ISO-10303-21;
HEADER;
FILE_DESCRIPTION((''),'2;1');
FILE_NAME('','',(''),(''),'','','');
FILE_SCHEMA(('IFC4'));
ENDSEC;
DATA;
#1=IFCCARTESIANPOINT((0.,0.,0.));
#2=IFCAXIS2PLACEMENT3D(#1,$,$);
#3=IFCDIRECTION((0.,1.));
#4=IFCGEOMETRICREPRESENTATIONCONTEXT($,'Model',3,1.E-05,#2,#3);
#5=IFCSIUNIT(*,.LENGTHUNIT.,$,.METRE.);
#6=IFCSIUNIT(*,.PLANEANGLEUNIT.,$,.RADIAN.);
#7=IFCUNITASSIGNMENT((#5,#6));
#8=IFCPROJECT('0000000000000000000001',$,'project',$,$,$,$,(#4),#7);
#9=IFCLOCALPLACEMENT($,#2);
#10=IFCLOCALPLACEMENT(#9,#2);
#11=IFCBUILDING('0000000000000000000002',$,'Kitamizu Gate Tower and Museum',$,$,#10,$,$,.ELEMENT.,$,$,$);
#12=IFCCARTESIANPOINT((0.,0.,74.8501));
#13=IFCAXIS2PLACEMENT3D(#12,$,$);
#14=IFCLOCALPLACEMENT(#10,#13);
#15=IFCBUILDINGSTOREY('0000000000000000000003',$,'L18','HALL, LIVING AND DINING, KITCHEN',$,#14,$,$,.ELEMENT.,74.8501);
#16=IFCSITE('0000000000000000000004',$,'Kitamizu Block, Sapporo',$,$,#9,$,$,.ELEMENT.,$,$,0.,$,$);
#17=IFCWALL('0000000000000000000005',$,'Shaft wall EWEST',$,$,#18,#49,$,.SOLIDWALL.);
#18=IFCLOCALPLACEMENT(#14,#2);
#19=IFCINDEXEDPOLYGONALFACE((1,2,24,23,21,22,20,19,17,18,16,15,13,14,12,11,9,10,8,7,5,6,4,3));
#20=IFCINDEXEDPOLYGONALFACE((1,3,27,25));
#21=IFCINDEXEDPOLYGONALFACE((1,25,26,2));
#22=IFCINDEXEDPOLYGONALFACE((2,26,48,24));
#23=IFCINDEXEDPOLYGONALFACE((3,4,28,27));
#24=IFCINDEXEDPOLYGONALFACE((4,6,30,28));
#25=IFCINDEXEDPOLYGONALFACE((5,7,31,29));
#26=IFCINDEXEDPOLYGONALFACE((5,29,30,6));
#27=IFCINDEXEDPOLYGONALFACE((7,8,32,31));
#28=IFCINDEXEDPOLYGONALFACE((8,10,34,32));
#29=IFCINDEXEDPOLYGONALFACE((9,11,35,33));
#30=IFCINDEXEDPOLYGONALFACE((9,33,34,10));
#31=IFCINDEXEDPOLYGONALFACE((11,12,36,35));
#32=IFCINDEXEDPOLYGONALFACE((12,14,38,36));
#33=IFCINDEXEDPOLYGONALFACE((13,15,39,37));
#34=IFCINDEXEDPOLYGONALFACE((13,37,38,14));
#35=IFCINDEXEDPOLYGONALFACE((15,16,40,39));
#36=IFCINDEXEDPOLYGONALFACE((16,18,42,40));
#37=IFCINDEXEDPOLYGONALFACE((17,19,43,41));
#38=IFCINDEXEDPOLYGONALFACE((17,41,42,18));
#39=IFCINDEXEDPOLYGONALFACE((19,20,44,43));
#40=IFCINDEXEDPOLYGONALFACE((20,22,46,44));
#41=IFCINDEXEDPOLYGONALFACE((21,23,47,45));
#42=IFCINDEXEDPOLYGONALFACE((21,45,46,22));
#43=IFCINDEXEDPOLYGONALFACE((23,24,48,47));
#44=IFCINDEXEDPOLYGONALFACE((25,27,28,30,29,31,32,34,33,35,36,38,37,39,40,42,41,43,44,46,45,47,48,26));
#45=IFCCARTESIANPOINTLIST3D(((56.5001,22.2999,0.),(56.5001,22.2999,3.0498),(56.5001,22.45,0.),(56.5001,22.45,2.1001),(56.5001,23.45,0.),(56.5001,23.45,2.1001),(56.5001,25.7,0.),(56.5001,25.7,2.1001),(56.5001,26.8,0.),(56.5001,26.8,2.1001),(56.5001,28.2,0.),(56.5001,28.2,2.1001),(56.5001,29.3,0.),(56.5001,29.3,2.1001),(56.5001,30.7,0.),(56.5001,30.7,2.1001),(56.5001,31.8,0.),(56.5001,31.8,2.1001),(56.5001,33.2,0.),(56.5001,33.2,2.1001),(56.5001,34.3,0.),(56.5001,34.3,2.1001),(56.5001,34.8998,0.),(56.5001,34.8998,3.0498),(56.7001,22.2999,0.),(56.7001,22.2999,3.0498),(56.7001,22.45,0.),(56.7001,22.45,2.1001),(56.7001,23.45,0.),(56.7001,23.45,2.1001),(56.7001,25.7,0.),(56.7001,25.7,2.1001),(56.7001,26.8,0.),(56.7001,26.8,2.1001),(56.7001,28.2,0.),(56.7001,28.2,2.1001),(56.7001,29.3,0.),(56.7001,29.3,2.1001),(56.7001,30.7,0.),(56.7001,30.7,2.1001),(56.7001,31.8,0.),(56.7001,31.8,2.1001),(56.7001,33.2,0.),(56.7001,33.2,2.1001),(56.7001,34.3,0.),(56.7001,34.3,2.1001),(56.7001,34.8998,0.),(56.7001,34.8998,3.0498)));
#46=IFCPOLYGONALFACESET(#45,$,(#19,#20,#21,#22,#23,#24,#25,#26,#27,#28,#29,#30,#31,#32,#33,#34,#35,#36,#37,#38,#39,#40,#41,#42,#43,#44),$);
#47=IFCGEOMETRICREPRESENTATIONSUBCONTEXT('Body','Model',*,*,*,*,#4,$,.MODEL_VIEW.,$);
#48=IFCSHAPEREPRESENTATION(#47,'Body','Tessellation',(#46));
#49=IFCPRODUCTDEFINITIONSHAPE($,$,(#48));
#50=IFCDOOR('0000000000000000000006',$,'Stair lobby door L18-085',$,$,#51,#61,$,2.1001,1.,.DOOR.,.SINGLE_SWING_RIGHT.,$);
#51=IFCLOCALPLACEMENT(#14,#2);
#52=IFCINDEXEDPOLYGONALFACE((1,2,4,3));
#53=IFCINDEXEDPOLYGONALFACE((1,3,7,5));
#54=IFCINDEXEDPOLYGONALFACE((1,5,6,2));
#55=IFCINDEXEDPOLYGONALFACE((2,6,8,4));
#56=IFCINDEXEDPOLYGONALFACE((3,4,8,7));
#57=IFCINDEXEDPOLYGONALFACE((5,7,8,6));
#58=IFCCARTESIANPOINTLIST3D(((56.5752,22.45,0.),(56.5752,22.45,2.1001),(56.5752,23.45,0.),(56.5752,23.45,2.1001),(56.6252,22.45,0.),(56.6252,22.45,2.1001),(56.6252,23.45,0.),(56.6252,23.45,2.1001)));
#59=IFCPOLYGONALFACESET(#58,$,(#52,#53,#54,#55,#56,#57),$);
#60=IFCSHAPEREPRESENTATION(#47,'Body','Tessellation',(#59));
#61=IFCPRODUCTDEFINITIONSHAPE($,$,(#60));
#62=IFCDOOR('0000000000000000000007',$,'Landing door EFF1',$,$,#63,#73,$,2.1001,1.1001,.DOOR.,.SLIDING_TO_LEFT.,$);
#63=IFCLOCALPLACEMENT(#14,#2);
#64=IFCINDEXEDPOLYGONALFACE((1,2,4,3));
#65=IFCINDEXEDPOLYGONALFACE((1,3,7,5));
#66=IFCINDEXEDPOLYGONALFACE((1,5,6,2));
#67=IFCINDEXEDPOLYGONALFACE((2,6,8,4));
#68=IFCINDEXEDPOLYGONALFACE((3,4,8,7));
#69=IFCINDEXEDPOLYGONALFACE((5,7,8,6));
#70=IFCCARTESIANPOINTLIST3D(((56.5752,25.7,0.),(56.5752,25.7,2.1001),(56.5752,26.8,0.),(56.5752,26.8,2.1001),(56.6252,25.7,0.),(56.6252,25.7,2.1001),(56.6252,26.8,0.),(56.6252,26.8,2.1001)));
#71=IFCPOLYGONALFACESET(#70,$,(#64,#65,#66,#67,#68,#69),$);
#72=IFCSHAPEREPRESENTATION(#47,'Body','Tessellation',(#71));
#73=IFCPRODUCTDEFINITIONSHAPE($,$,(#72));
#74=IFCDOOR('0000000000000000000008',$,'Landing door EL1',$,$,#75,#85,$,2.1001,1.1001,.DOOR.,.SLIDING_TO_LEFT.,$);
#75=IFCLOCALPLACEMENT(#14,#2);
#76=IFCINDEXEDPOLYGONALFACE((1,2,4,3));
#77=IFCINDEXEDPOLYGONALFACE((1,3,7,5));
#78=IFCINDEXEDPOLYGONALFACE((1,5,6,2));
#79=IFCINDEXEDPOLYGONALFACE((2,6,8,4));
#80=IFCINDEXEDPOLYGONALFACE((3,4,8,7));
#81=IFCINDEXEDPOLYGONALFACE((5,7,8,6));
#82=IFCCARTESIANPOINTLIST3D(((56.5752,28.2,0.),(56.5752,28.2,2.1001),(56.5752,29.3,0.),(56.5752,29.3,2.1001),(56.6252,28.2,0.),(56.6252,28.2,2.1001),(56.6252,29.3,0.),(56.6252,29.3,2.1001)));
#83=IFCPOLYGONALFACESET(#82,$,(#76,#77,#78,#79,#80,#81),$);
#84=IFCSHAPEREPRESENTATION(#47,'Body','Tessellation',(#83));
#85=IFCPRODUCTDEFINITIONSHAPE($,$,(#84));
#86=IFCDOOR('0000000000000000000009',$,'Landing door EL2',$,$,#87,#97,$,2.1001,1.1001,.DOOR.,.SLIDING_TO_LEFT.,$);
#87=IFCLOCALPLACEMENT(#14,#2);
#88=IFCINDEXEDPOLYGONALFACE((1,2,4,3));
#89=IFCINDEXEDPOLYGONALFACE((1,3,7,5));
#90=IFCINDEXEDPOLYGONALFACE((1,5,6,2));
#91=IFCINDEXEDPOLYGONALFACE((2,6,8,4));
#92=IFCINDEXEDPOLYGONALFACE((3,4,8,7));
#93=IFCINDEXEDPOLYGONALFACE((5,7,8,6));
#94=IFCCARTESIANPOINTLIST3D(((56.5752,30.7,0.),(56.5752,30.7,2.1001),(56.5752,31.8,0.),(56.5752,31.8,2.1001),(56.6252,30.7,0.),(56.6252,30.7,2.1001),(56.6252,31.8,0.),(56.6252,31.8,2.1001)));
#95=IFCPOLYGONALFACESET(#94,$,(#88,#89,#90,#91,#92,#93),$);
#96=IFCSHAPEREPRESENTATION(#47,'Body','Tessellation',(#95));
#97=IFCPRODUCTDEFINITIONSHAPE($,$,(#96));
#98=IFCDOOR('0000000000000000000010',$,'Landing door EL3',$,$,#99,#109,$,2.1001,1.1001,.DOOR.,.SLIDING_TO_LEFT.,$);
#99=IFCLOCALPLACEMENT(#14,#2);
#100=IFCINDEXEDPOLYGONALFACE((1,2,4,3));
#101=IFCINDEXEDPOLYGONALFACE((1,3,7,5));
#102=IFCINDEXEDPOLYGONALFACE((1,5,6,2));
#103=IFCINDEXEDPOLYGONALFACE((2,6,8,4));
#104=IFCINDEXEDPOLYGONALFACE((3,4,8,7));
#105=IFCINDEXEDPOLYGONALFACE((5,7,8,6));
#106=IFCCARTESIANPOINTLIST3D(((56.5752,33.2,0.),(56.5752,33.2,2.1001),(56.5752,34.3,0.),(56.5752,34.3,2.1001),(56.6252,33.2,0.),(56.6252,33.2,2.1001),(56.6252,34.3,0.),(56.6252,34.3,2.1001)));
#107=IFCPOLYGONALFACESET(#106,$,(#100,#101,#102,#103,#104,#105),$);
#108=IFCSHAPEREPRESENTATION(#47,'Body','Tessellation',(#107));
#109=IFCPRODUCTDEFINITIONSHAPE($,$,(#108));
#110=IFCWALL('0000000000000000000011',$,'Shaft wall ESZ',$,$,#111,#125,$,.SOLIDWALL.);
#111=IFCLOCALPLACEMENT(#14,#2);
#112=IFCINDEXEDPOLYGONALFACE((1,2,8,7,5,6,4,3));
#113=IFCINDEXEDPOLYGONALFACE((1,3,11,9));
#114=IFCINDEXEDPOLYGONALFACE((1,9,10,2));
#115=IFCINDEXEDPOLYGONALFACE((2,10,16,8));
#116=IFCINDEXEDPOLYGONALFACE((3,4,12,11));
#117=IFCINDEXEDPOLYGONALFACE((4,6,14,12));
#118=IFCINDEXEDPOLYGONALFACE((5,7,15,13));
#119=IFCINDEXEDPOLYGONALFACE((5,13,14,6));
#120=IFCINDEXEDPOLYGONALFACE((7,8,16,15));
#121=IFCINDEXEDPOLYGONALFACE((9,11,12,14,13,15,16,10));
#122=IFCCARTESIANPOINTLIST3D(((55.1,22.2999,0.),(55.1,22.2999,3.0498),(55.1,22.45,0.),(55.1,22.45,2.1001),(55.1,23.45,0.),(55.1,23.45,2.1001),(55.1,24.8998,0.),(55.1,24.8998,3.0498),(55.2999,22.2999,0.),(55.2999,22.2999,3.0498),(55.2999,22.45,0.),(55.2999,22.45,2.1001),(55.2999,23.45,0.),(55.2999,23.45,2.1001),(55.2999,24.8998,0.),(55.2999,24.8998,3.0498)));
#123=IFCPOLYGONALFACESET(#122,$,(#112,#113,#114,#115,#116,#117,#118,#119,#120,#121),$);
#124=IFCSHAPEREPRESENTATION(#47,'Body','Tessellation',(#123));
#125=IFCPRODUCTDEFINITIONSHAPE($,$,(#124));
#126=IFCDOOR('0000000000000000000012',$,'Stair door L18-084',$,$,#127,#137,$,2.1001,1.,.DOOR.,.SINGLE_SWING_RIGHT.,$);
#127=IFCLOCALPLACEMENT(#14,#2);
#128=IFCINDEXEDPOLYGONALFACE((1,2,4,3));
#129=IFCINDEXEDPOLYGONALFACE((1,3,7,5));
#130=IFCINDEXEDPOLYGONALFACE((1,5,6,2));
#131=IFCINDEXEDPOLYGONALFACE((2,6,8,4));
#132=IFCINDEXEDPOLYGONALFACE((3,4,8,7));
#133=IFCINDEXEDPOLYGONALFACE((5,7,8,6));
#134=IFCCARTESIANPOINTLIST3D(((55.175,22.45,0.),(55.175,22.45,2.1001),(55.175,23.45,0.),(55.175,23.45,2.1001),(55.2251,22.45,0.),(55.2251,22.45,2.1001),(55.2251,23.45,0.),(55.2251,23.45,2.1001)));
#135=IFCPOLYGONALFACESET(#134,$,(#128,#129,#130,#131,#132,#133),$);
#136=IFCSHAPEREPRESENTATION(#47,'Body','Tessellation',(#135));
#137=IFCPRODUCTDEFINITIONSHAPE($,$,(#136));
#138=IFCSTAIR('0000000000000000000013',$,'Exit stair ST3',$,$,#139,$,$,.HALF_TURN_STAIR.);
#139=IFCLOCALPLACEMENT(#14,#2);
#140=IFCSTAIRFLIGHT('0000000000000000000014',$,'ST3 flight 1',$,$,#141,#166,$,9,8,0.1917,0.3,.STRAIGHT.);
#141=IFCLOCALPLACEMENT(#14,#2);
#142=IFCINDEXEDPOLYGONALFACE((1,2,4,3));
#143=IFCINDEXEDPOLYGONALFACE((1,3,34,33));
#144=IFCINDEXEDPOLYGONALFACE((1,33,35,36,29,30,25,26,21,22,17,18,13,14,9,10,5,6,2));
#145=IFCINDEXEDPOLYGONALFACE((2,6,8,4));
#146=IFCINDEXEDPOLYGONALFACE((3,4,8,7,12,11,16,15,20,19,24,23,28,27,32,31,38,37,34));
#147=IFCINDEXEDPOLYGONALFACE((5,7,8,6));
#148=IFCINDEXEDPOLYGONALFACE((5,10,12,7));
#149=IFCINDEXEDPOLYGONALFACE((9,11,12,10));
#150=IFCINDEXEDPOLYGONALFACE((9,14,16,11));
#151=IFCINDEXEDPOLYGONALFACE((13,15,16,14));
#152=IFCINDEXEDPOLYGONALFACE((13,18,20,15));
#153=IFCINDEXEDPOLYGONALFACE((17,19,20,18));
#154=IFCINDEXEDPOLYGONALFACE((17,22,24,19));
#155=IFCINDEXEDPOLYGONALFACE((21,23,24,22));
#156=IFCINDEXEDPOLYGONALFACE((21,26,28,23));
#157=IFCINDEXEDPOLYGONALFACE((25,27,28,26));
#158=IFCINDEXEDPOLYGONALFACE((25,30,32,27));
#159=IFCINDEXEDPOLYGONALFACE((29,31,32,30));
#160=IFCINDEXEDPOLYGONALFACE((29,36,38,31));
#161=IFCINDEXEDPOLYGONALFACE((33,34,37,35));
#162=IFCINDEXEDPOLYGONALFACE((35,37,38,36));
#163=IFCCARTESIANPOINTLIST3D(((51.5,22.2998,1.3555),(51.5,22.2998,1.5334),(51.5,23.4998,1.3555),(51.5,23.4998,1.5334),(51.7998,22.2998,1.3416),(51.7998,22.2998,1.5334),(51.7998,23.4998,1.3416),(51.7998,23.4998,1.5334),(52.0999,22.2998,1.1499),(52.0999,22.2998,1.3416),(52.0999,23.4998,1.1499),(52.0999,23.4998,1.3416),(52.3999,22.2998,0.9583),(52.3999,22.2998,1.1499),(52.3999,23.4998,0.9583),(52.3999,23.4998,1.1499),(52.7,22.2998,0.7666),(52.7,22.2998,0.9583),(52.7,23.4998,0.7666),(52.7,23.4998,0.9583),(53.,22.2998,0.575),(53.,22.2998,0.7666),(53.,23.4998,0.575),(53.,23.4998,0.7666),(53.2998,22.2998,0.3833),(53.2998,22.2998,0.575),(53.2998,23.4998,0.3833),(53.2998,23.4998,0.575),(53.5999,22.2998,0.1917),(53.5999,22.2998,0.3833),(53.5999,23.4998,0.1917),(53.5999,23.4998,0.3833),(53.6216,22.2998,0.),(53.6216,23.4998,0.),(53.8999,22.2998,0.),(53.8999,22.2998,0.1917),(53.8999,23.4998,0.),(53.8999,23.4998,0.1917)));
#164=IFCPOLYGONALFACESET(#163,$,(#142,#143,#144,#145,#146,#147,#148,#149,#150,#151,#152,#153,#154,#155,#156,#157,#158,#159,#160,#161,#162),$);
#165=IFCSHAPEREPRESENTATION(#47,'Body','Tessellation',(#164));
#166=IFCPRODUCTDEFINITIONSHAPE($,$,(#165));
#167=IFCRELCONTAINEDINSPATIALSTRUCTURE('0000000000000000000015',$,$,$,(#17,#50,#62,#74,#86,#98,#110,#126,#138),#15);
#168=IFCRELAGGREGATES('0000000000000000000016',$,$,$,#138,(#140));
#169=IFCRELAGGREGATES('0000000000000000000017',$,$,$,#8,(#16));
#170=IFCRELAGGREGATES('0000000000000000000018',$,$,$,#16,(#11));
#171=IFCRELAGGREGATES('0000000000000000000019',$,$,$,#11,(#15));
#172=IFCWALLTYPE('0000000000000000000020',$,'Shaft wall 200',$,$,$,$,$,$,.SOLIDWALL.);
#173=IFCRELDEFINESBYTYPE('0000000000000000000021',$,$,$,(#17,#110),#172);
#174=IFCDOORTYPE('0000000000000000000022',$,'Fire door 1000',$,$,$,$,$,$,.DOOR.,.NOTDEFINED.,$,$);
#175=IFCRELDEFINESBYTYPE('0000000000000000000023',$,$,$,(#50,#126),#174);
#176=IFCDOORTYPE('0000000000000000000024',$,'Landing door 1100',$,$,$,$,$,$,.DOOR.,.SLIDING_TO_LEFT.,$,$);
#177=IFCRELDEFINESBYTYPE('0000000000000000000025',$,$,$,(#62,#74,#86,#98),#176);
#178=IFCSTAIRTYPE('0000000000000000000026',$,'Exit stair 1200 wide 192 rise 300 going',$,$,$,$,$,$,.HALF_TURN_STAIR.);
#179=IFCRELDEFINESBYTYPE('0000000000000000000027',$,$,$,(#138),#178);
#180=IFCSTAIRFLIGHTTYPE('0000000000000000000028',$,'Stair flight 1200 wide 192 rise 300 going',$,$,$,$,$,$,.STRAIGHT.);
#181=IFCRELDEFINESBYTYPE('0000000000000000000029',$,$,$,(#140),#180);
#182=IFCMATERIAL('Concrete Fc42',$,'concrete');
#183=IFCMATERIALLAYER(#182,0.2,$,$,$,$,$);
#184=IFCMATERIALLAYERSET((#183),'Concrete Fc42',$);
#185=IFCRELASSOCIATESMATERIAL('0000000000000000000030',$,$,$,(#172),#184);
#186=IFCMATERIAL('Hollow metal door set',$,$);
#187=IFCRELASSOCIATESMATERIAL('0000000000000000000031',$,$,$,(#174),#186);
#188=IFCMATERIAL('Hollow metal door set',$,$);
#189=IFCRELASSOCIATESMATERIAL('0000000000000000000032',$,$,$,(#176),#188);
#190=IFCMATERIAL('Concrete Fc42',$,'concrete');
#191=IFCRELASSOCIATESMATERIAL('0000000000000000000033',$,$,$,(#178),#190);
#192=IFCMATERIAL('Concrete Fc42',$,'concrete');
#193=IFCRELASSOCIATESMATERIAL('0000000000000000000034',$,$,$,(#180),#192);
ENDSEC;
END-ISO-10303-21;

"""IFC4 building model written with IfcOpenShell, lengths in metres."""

from ifc_helpers import new_model, si_unit, direction, frame, frame_2d, origin, place, context, subcontext, project, spatial, polyline, rectangle, outline, extrude, material, layer, layer_set, type_object, element, fill, aggregate, save


model = new_model("IFC4")

# Units and contexts
model_context = context("Model", 3, precision=1e-05, world=origin(), true_north=direction((0.0, 1.0)))
body_context = subcontext(model_context, "Body", "Model", "MODEL_VIEW")
ifc_project = project(units=[si_unit("LENGTHUNIT", "METRE"), si_unit("PLANEANGLEUNIT", "RADIAN")], contexts=[model_context])

# Site, building, storey
site_placement = place(None, origin())
site = spatial("IfcSite", under=ifc_project, at=site_placement, Name="Kitamizu Block, Sapporo", CompositionType="ELEMENT", RefElevation=0.0)
building_placement = place(site_placement, origin())
building = spatial("IfcBuilding", under=site, at=building_placement, Name="Kitamizu Gate Tower and Museum", CompositionType="ELEMENT")
storey_placement = place(building_placement, frame((0.0, 0.0, 74.8501)))
storey = spatial("IfcBuildingStorey", under=building, at=storey_placement, Name="L18", Description="HALL, LIVING AND DINING, KITCHEN", CompositionType="ELEMENT", Elevation=74.8501)

# Wall, openings, doors
ifc_material_1 = material(Name="Concrete Fc42", Category="concrete")
ifc_layer_1 = layer(ifc_material_1, 0.2)
ifc_layer_set_1 = layer_set([ifc_layer_1], Name="Concrete Fc42")
wall_type_1 = type_object("IfcWallType", Name="Shaft wall 200", PredefinedType="SOLIDWALL", material=ifc_layer_set_1)
wall_1_placement = place(storey_placement, frame((56.6001, 22.3, 0.0), z_axis=(0.0, 0.0, 1.0), x_axis=(0.0, 1.0, 0.0)))
wall_1 = element("IfcWall", 1, at=wall_1_placement, inside=storey, type_object=wall_type_1, Name="Shaft wall EWEST", PredefinedType="SOLIDWALL", context=body_context, shape_type="SweptSolid", body=[
    extrude(rectangle(XDim=12.5999, YDim=0.2, at=frame_2d((6.2998, 0.0))), origin(), (0.0, 0.0, 1.0), 3.0498),
])
opening_1_placement = place(wall_1_placement, frame((3.3999, 0.0, 0.0)))
opening_1 = element("IfcOpeningElement", 2, at=opening_1_placement, cuts=wall_1, PredefinedType="OPENING", context=body_context, shape_type="SweptSolid", body=[
    extrude(rectangle(XDim=1.1001, YDim=2.1001, at=frame_2d((0.55, 1.05))), frame((0.0, 0.1099, 0.0), z_axis=(0.0, -1.0, 0.0), x_axis=(1.0, 0.0, 0.0)), (0.0, 0.0, 1.0), 0.22),
])
opening_2_placement = place(wall_1_placement, frame((5.8999, 0.0, 0.0)))
opening_2 = element("IfcOpeningElement", 3, at=opening_2_placement, cuts=wall_1, PredefinedType="OPENING", context=body_context, shape_type="SweptSolid", body=[
    extrude(rectangle(XDim=1.1001, YDim=2.1001, at=frame_2d((0.55, 1.05))), frame((0.0, 0.1099, 0.0), z_axis=(0.0, -1.0, 0.0), x_axis=(1.0, 0.0, 0.0)), (0.0, 0.0, 1.0), 0.22),
])
opening_3_placement = place(wall_1_placement, frame((8.3999, 0.0, 0.0)))
opening_3 = element("IfcOpeningElement", 4, at=opening_3_placement, cuts=wall_1, PredefinedType="OPENING", context=body_context, shape_type="SweptSolid", body=[
    extrude(rectangle(XDim=1.1001, YDim=2.1001, at=frame_2d((0.55, 1.05))), frame((0.0, 0.1099, 0.0), z_axis=(0.0, -1.0, 0.0), x_axis=(1.0, 0.0, 0.0)), (0.0, 0.0, 1.0), 0.22),
])
opening_4_placement = place(wall_1_placement, frame((10.8999, 0.0, 0.0)))
opening_4 = element("IfcOpeningElement", 5, at=opening_4_placement, cuts=wall_1, PredefinedType="OPENING", context=body_context, shape_type="SweptSolid", body=[
    extrude(rectangle(XDim=1.1001, YDim=2.1001, at=frame_2d((0.55, 1.05))), frame((0.0, 0.1099, 0.0), z_axis=(0.0, -1.0, 0.0), x_axis=(1.0, 0.0, 0.0)), (0.0, 0.0, 1.0), 0.22),
])
opening_5_placement = place(wall_1_placement, frame((0.1499, 0.0, 0.0)))
opening_5 = element("IfcOpeningElement", 6, at=opening_5_placement, cuts=wall_1, PredefinedType="OPENING", context=body_context, shape_type="SweptSolid", body=[
    extrude(rectangle(XDim=1.0, YDim=2.1001, at=frame_2d((0.5, 1.05))), frame((0.0, 0.1099, 0.0), z_axis=(0.0, -1.0, 0.0), x_axis=(1.0, 0.0, 0.0)), (0.0, 0.0, 1.0), 0.22),
])
ifc_material_2 = material(Name="Hollow metal door set")
door_type_1 = type_object("IfcDoorType", Name="Fire door 1000", OperationType="NOTDEFINED", PredefinedType="DOOR", material=ifc_material_2)
door_1_placement = place(opening_5_placement, origin())
door_1 = element("IfcDoor", 7, at=door_1_placement, inside=storey, type_object=door_type_1, Name="Stair lobby door L18-085", OperationType="SINGLE_SWING_RIGHT", OverallHeight=2.1001, OverallWidth=1.0, PredefinedType="DOOR", context=body_context, shape_type="SweptSolid", body=[
    extrude(rectangle(XDim=1.0, YDim=2.1001, at=frame_2d((0.5, 1.05))), frame((0.0, 0.0249, 0.0), z_axis=(0.0, -1.0, 0.0), x_axis=(1.0, 0.0, 0.0)), (0.0, 0.0, 1.0), 0.05),
])
fill(opening_5, door_1)
ifc_material_3 = material(Name="Hollow metal door set")
door_type_2 = type_object("IfcDoorType", Name="Landing door 1100", OperationType="SLIDING_TO_LEFT", PredefinedType="DOOR", material=ifc_material_3)
door_2_placement = place(opening_1_placement, origin())
door_2 = element("IfcDoor", 8, at=door_2_placement, inside=storey, type_object=door_type_2, Name="Landing door EFF1", OperationType="SLIDING_TO_LEFT", OverallHeight=2.1001, OverallWidth=1.1001, PredefinedType="DOOR", context=body_context, shape_type="SweptSolid", body=[
    extrude(rectangle(XDim=1.1001, YDim=2.1001, at=frame_2d((0.55, 1.05))), frame((0.0, 0.0249, 0.0), z_axis=(0.0, -1.0, 0.0), x_axis=(1.0, 0.0, 0.0)), (0.0, 0.0, 1.0), 0.05),
])
fill(opening_1, door_2)
door_3_placement = place(opening_2_placement, origin())
door_3 = element("IfcDoor", 9, at=door_3_placement, inside=storey, type_object=door_type_2, Name="Landing door EL1", OperationType="SLIDING_TO_LEFT", OverallHeight=2.1001, OverallWidth=1.1001, PredefinedType="DOOR", context=body_context, shape_type="SweptSolid", body=[
    extrude(rectangle(XDim=1.1001, YDim=2.1001, at=frame_2d((0.55, 1.05))), frame((0.0, 0.0249, 0.0), z_axis=(0.0, -1.0, 0.0), x_axis=(1.0, 0.0, 0.0)), (0.0, 0.0, 1.0), 0.05),
])
fill(opening_2, door_3)
door_4_placement = place(opening_3_placement, origin())
door_4 = element("IfcDoor", 10, at=door_4_placement, inside=storey, type_object=door_type_2, Name="Landing door EL2", OperationType="SLIDING_TO_LEFT", OverallHeight=2.1001, OverallWidth=1.1001, PredefinedType="DOOR", context=body_context, shape_type="SweptSolid", body=[
    extrude(rectangle(XDim=1.1001, YDim=2.1001, at=frame_2d((0.55, 1.05))), frame((0.0, 0.0249, 0.0), z_axis=(0.0, -1.0, 0.0), x_axis=(1.0, 0.0, 0.0)), (0.0, 0.0, 1.0), 0.05),
])
fill(opening_3, door_4)
door_5_placement = place(opening_4_placement, origin())
door_5 = element("IfcDoor", 11, at=door_5_placement, inside=storey, type_object=door_type_2, Name="Landing door EL3", OperationType="SLIDING_TO_LEFT", OverallHeight=2.1001, OverallWidth=1.1001, PredefinedType="DOOR", context=body_context, shape_type="SweptSolid", body=[
    extrude(rectangle(XDim=1.1001, YDim=2.1001, at=frame_2d((0.55, 1.05))), frame((0.0, 0.0249, 0.0), z_axis=(0.0, -1.0, 0.0), x_axis=(1.0, 0.0, 0.0)), (0.0, 0.0, 1.0), 0.05),
])
fill(opening_4, door_5)

# Wall, opening, door
wall_2_placement = place(storey_placement, frame((55.2, 22.3, 0.0), z_axis=(0.0, 0.0, 1.0), x_axis=(0.0, 1.0, 0.0)))
wall_2 = element("IfcWall", 12, at=wall_2_placement, inside=storey, type_object=wall_type_1, Name="Shaft wall ESZ", PredefinedType="SOLIDWALL", context=body_context, shape_type="SweptSolid", body=[
    extrude(rectangle(XDim=2.5999, YDim=0.2, at=frame_2d((1.2998, 0.0))), origin(), (0.0, 0.0, 1.0), 3.0498),
])
opening_6_placement = place(wall_2_placement, frame((0.1499, 0.0, 0.0)))
opening_6 = element("IfcOpeningElement", 13, at=opening_6_placement, cuts=wall_2, PredefinedType="OPENING", context=body_context, shape_type="SweptSolid", body=[
    extrude(rectangle(XDim=1.0, YDim=2.1001, at=frame_2d((0.5, 1.05))), frame((0.0, 0.1099, 0.0), z_axis=(0.0, -1.0, 0.0), x_axis=(1.0, 0.0, 0.0)), (0.0, 0.0, 1.0), 0.22),
])
door_6_placement = place(opening_6_placement, origin())
door_6 = element("IfcDoor", 14, at=door_6_placement, inside=storey, type_object=door_type_1, Name="Stair door L18-084", OperationType="SINGLE_SWING_RIGHT", OverallHeight=2.1001, OverallWidth=1.0, PredefinedType="DOOR", context=body_context, shape_type="SweptSolid", body=[
    extrude(rectangle(XDim=1.0, YDim=2.1001, at=frame_2d((0.5, 1.05))), frame((0.0, 0.0249, 0.0), z_axis=(0.0, -1.0, 0.0), x_axis=(1.0, 0.0, 0.0)), (0.0, 0.0, 1.0), 0.05),
])
fill(opening_6, door_6)

# Stair, stair flight
ifc_material_4 = material(Name="Concrete Fc42", Category="concrete")
stair_type = type_object("IfcStairType", Name="Exit stair 1200 wide 192 rise 300 going", PredefinedType="HALF_TURN_STAIR", material=ifc_material_4)
stair_placement = place(storey_placement, origin())
stair = element("IfcStair", 15, at=stair_placement, inside=storey, type_object=stair_type, Name="Exit stair ST3", PredefinedType="HALF_TURN_STAIR")
ifc_material_5 = material(Name="Concrete Fc42", Category="concrete")
stair_flight_type = type_object("IfcStairFlightType", Name="Stair flight 1200 wide 192 rise 300 going", PredefinedType="STRAIGHT", material=ifc_material_5)
stair_flight_placement = place(storey_placement, frame((53.8999, 22.8999, 0.0), z_axis=(0.0, 0.0, 1.0), x_axis=(-1.0, 0.0, 0.0)))
stair_flight = element("IfcStairFlight", 16, at=stair_flight_placement, type_object=stair_flight_type, Name="ST3 flight 1", NumberOfRisers=9, NumberOfTreads=8, PredefinedType="STRAIGHT", RiserHeight=0.1917, TreadLength=0.3, context=body_context, shape_type="SweptSolid", body=[
    extrude(outline(polyline([(0.0, 0.0), (0.0, 0.1917), (0.3, 0.1917), (0.3, 0.3833), (0.6001, 0.3833), (0.6001, 0.575), (0.8999, 0.575), (0.8999, 0.7666), (1.2, 0.7666), (1.2, 0.9583), (1.5, 0.9583), (1.5, 1.1499), (1.8, 1.1499), (1.8, 1.3416), (2.1001, 1.3416), (2.1001, 1.5334), (2.3999, 1.5334), (2.3999, 1.7251), (2.3999, 1.3555), (0.2783, 0.0), (0.0, 0.0)])), frame((0.0, 0.6001, 0.0), z_axis=(0.0, -1.0, 0.0), x_axis=(1.0, 0.0, 0.0)), (0.0, 0.0, 1.0), 1.2),
])
aggregate(stair, [stair_flight])

save(model, "model.ifc")
